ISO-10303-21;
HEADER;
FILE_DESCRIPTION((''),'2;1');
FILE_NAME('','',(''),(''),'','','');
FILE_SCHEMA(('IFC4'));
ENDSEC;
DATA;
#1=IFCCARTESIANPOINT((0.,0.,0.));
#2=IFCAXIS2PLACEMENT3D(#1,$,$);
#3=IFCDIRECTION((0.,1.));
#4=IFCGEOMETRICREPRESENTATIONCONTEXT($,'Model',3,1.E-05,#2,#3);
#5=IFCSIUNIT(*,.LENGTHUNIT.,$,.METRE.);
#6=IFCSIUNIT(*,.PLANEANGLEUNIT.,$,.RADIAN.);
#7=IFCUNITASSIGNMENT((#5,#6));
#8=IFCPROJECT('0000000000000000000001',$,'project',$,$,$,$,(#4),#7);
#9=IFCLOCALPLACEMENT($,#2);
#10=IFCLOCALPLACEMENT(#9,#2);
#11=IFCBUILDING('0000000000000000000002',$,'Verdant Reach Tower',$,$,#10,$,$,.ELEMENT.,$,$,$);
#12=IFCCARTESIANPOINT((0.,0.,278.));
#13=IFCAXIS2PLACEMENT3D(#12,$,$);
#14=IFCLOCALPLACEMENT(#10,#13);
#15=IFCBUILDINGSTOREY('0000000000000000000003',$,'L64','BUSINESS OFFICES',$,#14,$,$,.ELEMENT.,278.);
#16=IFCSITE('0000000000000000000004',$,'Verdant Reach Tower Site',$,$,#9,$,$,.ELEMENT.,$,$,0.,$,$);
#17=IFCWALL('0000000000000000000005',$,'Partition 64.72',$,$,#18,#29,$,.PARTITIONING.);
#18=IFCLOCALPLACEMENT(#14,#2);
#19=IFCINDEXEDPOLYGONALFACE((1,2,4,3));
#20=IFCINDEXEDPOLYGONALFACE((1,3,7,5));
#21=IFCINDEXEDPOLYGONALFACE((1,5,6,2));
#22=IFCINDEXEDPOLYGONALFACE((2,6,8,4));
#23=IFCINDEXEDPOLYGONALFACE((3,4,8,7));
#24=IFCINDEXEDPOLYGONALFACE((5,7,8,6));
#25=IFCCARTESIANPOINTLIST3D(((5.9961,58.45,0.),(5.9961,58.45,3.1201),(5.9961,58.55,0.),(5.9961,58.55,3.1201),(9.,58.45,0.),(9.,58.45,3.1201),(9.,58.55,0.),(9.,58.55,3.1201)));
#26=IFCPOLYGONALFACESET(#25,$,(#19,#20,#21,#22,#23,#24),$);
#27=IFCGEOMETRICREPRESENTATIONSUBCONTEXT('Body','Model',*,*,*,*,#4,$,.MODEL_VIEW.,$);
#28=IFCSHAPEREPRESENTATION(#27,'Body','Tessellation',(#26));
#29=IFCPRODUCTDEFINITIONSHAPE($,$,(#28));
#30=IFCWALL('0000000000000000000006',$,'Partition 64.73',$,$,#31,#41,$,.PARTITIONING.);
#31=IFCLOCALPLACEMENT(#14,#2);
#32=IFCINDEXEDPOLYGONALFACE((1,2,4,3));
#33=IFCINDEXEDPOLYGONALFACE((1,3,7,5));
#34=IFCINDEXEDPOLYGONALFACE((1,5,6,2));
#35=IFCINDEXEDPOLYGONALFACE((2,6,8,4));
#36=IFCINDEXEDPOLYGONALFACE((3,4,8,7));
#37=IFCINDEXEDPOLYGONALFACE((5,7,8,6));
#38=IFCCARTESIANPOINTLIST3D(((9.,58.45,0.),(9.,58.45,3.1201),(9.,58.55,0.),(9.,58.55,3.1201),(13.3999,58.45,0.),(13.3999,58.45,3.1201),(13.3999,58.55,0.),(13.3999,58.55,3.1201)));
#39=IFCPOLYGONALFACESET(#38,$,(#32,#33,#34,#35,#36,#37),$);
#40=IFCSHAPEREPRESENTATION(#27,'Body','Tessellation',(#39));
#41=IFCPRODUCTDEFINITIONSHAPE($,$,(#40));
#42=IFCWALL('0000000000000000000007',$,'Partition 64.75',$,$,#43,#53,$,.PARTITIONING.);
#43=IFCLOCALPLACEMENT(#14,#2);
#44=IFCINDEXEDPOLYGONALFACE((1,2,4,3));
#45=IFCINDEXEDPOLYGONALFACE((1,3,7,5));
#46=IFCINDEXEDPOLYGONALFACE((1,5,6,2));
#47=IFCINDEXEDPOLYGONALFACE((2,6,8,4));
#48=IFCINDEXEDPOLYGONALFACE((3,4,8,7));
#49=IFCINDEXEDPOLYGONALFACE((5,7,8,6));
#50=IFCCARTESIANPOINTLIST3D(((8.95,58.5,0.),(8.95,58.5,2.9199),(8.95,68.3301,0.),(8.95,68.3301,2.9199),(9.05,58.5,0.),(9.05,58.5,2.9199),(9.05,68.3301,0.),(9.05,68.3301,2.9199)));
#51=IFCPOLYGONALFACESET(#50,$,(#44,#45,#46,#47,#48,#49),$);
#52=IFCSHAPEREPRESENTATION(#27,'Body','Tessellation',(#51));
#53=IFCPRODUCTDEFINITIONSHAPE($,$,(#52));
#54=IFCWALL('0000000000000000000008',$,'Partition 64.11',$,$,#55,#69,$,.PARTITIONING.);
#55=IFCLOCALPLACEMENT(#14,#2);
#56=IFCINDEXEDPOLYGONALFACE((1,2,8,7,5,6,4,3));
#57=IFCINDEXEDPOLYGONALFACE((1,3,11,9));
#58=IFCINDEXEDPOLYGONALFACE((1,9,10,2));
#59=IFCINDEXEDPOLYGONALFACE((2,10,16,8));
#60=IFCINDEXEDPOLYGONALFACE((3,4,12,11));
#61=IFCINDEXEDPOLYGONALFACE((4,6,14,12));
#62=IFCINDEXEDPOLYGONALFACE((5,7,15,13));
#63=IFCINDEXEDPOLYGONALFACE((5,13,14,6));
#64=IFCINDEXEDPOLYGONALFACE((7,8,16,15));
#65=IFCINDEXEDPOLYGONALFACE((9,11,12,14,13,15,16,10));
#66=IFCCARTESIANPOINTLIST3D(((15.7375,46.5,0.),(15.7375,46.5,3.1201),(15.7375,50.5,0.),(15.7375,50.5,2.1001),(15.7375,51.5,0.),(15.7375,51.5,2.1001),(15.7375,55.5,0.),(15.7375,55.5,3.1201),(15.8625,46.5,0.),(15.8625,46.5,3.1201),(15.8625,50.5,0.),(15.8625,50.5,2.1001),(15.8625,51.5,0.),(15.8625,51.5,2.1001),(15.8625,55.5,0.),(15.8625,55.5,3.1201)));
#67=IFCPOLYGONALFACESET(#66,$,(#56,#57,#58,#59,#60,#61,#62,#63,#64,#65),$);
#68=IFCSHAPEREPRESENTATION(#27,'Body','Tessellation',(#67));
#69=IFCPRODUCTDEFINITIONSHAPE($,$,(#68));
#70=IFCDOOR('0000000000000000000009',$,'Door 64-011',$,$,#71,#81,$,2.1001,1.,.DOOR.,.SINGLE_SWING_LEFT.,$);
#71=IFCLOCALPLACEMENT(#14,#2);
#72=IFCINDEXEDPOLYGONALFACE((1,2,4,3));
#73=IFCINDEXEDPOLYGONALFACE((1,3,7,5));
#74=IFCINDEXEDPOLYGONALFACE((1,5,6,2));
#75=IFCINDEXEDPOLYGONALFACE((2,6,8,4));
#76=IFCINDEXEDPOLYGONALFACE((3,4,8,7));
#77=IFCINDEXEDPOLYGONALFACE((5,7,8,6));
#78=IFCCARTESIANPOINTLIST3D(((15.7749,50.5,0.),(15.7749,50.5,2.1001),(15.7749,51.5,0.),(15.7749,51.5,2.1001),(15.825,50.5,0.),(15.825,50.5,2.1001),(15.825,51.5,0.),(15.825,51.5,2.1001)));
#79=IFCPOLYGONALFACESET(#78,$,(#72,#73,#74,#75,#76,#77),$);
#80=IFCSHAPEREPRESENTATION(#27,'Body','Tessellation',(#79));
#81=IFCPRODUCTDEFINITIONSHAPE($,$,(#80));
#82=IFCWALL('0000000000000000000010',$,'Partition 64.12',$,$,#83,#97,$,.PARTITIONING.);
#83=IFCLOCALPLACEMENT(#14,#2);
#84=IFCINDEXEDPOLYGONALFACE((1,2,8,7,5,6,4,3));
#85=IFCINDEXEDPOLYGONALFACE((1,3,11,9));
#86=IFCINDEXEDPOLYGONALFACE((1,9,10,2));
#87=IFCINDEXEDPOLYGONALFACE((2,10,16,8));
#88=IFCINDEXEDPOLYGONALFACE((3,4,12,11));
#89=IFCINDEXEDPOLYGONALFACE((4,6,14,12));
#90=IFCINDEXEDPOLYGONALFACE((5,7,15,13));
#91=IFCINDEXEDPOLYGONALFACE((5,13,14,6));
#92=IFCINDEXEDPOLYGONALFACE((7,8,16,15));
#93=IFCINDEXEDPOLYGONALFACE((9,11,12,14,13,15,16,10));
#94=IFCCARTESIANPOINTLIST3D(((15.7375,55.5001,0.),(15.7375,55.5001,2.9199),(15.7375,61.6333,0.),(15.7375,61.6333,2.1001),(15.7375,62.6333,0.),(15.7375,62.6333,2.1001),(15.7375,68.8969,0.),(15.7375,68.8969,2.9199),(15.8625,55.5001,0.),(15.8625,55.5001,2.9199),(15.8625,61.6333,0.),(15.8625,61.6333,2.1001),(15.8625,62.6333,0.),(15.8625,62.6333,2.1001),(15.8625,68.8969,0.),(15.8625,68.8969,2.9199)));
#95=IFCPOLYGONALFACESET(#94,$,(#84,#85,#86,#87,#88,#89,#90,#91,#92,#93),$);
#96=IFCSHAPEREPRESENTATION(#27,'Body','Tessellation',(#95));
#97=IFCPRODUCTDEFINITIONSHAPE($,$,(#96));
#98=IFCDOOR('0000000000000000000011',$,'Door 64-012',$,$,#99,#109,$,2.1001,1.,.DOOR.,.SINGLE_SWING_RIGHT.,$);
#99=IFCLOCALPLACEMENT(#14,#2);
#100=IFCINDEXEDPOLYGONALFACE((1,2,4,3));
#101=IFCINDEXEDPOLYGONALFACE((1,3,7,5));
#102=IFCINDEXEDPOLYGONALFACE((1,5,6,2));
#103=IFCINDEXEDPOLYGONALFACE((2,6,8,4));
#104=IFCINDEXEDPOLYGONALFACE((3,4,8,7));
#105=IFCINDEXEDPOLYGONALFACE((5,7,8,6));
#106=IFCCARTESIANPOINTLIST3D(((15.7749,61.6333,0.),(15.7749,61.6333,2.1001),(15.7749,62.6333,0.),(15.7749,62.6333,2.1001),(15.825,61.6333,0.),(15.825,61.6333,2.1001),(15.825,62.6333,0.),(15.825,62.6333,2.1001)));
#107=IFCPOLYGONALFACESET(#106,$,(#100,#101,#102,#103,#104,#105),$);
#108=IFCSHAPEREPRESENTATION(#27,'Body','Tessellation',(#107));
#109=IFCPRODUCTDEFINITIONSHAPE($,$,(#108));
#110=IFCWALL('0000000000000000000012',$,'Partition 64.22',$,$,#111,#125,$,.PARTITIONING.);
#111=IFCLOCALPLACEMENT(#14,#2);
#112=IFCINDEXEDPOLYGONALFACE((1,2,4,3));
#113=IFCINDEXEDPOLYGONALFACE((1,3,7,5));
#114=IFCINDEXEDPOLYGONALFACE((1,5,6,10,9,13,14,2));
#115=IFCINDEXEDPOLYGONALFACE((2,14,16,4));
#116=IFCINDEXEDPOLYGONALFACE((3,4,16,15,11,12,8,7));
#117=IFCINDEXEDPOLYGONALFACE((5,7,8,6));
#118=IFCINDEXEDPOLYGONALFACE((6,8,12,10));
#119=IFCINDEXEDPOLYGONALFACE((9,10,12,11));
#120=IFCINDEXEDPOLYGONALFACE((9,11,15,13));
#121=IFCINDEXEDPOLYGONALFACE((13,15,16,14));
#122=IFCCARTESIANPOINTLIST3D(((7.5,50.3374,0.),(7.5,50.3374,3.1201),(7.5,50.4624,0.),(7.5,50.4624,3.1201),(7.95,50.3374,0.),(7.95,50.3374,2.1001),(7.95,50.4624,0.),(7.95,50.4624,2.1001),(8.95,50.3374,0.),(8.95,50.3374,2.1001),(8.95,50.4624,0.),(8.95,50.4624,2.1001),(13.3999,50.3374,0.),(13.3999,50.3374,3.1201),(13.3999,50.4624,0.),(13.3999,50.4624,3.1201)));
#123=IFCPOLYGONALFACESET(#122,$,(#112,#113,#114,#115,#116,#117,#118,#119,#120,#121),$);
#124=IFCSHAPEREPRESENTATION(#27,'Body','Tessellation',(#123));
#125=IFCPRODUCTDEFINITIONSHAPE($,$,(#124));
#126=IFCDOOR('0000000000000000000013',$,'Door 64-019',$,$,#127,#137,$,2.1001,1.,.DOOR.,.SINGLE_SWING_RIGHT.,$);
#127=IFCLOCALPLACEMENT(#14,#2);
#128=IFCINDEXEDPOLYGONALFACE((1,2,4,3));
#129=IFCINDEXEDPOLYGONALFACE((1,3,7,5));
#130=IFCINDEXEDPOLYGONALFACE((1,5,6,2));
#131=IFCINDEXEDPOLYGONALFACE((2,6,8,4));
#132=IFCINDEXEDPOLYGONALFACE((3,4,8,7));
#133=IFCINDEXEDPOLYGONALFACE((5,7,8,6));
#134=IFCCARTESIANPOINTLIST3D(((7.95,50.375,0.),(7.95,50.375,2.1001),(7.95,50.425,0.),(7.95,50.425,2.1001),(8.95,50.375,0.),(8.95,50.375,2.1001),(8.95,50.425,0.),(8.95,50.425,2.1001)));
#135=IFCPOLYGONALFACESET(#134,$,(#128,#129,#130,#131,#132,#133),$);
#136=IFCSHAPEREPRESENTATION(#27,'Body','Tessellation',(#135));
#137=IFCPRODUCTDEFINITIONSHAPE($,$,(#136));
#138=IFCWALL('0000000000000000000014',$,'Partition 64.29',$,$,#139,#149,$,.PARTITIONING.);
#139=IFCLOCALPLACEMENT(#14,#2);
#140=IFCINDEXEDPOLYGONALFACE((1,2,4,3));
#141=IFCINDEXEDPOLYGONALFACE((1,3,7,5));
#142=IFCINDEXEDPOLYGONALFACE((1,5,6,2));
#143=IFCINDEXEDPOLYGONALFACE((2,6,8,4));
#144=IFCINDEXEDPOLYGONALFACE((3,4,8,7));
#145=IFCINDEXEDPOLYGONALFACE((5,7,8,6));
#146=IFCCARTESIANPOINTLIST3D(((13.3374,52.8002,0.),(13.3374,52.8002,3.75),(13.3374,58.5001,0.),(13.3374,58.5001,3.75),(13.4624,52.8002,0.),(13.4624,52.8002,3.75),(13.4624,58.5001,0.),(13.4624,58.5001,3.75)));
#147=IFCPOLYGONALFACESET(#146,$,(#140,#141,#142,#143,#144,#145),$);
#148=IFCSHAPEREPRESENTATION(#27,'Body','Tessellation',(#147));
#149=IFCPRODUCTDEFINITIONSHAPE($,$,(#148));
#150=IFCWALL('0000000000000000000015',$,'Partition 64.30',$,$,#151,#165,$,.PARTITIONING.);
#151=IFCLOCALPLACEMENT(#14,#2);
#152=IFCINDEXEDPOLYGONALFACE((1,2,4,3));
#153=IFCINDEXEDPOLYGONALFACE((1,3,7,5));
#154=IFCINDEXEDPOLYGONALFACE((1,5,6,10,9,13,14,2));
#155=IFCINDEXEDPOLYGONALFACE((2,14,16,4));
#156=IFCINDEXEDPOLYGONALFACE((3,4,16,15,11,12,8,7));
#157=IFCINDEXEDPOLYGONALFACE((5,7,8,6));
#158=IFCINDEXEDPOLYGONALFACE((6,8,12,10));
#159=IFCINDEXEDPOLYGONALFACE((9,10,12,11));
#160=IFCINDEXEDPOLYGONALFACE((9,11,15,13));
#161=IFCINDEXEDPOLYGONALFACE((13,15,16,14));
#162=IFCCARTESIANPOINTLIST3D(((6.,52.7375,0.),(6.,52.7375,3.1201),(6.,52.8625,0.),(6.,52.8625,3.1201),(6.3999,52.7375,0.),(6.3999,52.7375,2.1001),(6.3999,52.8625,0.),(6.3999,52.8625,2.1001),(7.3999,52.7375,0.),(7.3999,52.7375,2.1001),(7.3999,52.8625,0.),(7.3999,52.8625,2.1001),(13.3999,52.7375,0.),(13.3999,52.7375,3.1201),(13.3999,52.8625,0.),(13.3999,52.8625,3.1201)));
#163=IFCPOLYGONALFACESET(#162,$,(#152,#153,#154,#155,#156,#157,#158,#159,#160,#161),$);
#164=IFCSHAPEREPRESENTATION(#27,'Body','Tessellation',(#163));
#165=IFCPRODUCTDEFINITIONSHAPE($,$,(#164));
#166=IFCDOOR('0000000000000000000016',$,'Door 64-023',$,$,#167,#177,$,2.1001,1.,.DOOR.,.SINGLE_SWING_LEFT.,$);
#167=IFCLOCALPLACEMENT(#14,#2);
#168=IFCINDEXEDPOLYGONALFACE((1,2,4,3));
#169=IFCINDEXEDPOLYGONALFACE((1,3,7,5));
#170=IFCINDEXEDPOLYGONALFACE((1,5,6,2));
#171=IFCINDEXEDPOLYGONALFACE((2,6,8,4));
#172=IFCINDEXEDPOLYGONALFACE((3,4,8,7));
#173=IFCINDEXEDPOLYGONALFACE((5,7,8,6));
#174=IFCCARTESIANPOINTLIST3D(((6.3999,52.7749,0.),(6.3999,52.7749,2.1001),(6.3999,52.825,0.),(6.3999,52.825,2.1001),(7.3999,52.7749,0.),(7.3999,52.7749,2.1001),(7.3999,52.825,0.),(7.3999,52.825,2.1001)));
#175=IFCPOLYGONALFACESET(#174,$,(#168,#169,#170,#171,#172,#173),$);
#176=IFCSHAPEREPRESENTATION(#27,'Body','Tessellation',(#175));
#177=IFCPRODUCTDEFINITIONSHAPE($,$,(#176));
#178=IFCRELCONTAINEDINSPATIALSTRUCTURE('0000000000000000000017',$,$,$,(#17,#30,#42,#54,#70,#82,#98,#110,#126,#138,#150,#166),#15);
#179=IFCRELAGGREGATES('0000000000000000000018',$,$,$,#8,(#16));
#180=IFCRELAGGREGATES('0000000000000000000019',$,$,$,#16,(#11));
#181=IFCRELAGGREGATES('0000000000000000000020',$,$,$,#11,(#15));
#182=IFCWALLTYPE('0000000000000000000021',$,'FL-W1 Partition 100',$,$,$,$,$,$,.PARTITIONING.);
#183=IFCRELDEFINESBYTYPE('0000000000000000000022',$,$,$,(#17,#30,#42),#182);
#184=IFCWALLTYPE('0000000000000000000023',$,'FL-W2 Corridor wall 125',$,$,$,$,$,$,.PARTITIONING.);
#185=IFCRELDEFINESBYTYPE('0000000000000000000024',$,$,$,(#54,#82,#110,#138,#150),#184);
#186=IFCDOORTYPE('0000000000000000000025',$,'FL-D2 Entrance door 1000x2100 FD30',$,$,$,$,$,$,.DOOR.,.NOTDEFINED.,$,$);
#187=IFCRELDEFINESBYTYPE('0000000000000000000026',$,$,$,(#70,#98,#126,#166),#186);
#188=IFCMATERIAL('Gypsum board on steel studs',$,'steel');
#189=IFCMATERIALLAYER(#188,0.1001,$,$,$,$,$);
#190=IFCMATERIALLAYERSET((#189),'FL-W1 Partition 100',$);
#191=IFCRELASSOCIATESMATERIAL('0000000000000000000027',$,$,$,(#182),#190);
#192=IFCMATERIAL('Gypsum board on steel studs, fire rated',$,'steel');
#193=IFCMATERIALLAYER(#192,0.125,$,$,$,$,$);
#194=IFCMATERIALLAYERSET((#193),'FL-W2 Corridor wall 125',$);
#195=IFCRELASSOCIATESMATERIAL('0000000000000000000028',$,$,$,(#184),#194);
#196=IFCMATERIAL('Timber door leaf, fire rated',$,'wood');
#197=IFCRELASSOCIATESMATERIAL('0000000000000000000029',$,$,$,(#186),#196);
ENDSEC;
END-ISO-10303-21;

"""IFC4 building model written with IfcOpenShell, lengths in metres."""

from ifc_helpers import new_model, si_unit, direction, frame, frame_2d, origin, place, context, subcontext, project, spatial, rectangle, extrude, material, layer, layer_set, type_object, element, fill, save


model = new_model("IFC4")

# Units and contexts
model_context = context("Model", 3, precision=1e-05, world=origin(), true_north=direction((0.0, 1.0)))
body_context = subcontext(model_context, "Body", "Model", "MODEL_VIEW")
ifc_project = project(units=[si_unit("LENGTHUNIT", "METRE"), si_unit("PLANEANGLEUNIT", "RADIAN")], contexts=[model_context])

# Site, building, storey
site_placement = place(None, origin())
site = spatial("IfcSite", under=ifc_project, at=site_placement, Name="Verdant Reach Tower Site", CompositionType="ELEMENT", RefElevation=0.0)
building_placement = place(site_placement, origin())
building = spatial("IfcBuilding", under=site, at=building_placement, Name="Verdant Reach Tower", CompositionType="ELEMENT")
storey_placement = place(building_placement, frame((0.0, 0.0, 278.0)))
storey = spatial("IfcBuildingStorey", under=building, at=storey_placement, Name="L64", Description="BUSINESS OFFICES", CompositionType="ELEMENT", Elevation=278.0)

# Walls
ifc_material_1 = material(Name="Gypsum board on steel studs", Category="steel")
ifc_layer_1 = layer(ifc_material_1, 0.1001)
ifc_layer_set_1 = layer_set([ifc_layer_1], Name="FL-W1 Partition 100")
wall_type_1 = type_object("IfcWallType", Name="FL-W1 Partition 100", PredefinedType="PARTITIONING", material=ifc_layer_set_1)
wall_1_placement = place(storey_placement, frame((9.0, 58.5, 0.0), z_axis=(0.0, 0.0, 1.0), x_axis=(-1.0, 0.0, 0.0)))
element("IfcWall", 1, at=wall_1_placement, inside=storey, type_object=wall_type_1, Name="Partition 64.72", PredefinedType="PARTITIONING", context=body_context, shape_type="SweptSolid", body=[
    extrude(rectangle(XDim=3.0039, YDim=0.1001, at=frame_2d((1.502, 0.0))), origin(), (0.0, 0.0, 1.0), 3.1201),
])
wall_2_placement = place(storey_placement, frame((13.3999, 58.5, 0.0), z_axis=(0.0, 0.0, 1.0), x_axis=(-1.0, 0.0, 0.0)))
element("IfcWall", 2, at=wall_2_placement, inside=storey, type_object=wall_type_1, Name="Partition 64.73", PredefinedType="PARTITIONING", context=body_context, shape_type="SweptSolid", body=[
    extrude(rectangle(XDim=4.3999, YDim=0.1001, at=frame_2d((2.2, 0.0))), origin(), (0.0, 0.0, 1.0), 3.1201),
])
wall_3_placement = place(storey_placement, frame((9.0, 58.5, 0.0), z_axis=(0.0, 0.0, 1.0), x_axis=(0.0, 1.0, 0.0)))
element("IfcWall", 3, at=wall_3_placement, inside=storey, type_object=wall_type_1, Name="Partition 64.75", PredefinedType="PARTITIONING", context=body_context, shape_type="SweptSolid", body=[
    extrude(rectangle(XDim=9.8301, YDim=0.1001, at=frame_2d((4.915, 0.0))), origin(), (0.0, 0.0, 1.0), 2.9199),
])

# Walls, openings, doors
ifc_material_2 = material(Name="Gypsum board on steel studs, fire rated", Category="steel")
ifc_layer_2 = layer(ifc_material_2, 0.125)
ifc_layer_set_2 = layer_set([ifc_layer_2], Name="FL-W2 Corridor wall 125")
wall_type_2 = type_object("IfcWallType", Name="FL-W2 Corridor wall 125", PredefinedType="PARTITIONING", material=ifc_layer_set_2)
wall_4_placement = place(storey_placement, frame((15.8, 55.5, 0.0), z_axis=(0.0, 0.0, 1.0), x_axis=(0.0, -1.0, 0.0)))
wall_4 = element("IfcWall", 4, at=wall_4_placement, inside=storey, type_object=wall_type_2, Name="Partition 64.11", PredefinedType="PARTITIONING", context=body_context, shape_type="SweptSolid", body=[
    extrude(rectangle(XDim=9.0, YDim=0.125, at=frame_2d((4.5, 0.0))), origin(), (0.0, 0.0, 1.0), 3.1201),
])
opening_1_placement = place(wall_4_placement, frame((4.0, 0.0, 0.0)))
opening_1 = element("IfcOpeningElement", 5, at=opening_1_placement, cuts=wall_4, PredefinedType="OPENING", context=body_context, shape_type="SweptSolid", body=[
    extrude(rectangle(XDim=1.0, YDim=2.1001, at=frame_2d((0.5, 1.05))), frame((0.0, 0.0725, 0.0), z_axis=(0.0, -1.0, 0.0), x_axis=(1.0, 0.0, 0.0)), (0.0, 0.0, 1.0), 0.145),
])
ifc_material_3 = material(Name="Timber door leaf, fire rated", Category="wood")
door_type = type_object("IfcDoorType", Name="FL-D2 Entrance door 1000x2100 FD30", OperationType="NOTDEFINED", PredefinedType="DOOR", material=ifc_material_3)
door_1_placement = place(opening_1_placement, origin())
door_1 = element("IfcDoor", 6, at=door_1_placement, inside=storey, type_object=door_type, Name="Door 64-011", OperationType="SINGLE_SWING_LEFT", OverallHeight=2.1001, OverallWidth=1.0, PredefinedType="DOOR", context=body_context, shape_type="SweptSolid", body=[
    extrude(rectangle(XDim=1.0, YDim=2.1001, at=frame_2d((0.5, 1.05))), frame((0.0, 0.0249, 0.0), z_axis=(0.0, -1.0, 0.0), x_axis=(1.0, 0.0, 0.0)), (0.0, 0.0, 1.0), 0.05),
])
fill(opening_1, door_1)
wall_5_placement = place(storey_placement, frame((15.8, 68.8967, 0.0), z_axis=(0.0, 0.0, 1.0), x_axis=(0.0, -1.0, 0.0)))
wall_5 = element("IfcWall", 7, at=wall_5_placement, inside=storey, type_object=wall_type_2, Name="Partition 64.12", PredefinedType="PARTITIONING", context=body_context, shape_type="SweptSolid", body=[
    extrude(rectangle(XDim=13.3967, YDim=0.125, at=frame_2d((6.6982, 0.0))), origin(), (0.0, 0.0, 1.0), 2.9199),
])
opening_2_placement = place(wall_5_placement, frame((6.2634, 0.0, 0.0)))
opening_2 = element("IfcOpeningElement", 8, at=opening_2_placement, cuts=wall_5, PredefinedType="OPENING", context=body_context, shape_type="SweptSolid", body=[
    extrude(rectangle(XDim=1.0, YDim=2.1001, at=frame_2d((0.5, 1.05))), frame((0.0, 0.0725, 0.0), z_axis=(0.0, -1.0, 0.0), x_axis=(1.0, 0.0, 0.0)), (0.0, 0.0, 1.0), 0.145),
])
door_2_placement = place(opening_2_placement, origin())
door_2 = element("IfcDoor", 9, at=door_2_placement, inside=storey, type_object=door_type, Name="Door 64-012", OperationType="SINGLE_SWING_RIGHT", OverallHeight=2.1001, OverallWidth=1.0, PredefinedType="DOOR", context=body_context, shape_type="SweptSolid", body=[
    extrude(rectangle(XDim=1.0, YDim=2.1001, at=frame_2d((0.5, 1.05))), frame((0.0, 0.0249, 0.0), z_axis=(0.0, -1.0, 0.0), x_axis=(1.0, 0.0, 0.0)), (0.0, 0.0, 1.0), 0.05),
])
fill(opening_2, door_2)
wall_6_placement = place(storey_placement, frame((13.3999, 50.3999, 0.0), z_axis=(0.0, 0.0, 1.0), x_axis=(-1.0, 0.0, 0.0)))
wall_6 = element("IfcWall", 10, at=wall_6_placement, inside=storey, type_object=wall_type_2, Name="Partition 64.22", PredefinedType="PARTITIONING", context=body_context, shape_type="SweptSolid", body=[
    extrude(rectangle(XDim=5.8999, YDim=0.125, at=frame_2d((2.95, 0.0))), origin(), (0.0, 0.0, 1.0), 3.1201),
])
opening_3_placement = place(wall_6_placement, frame((4.45, 0.0, 0.0)))
opening_3 = element("IfcOpeningElement", 11, at=opening_3_placement, cuts=wall_6, PredefinedType="OPENING", context=body_context, shape_type="SweptSolid", body=[
    extrude(rectangle(XDim=1.0, YDim=2.1001, at=frame_2d((0.5, 1.05))), frame((0.0, 0.0725, 0.0), z_axis=(0.0, -1.0, 0.0), x_axis=(1.0, 0.0, 0.0)), (0.0, 0.0, 1.0), 0.145),
])
door_3_placement = place(opening_3_placement, origin())
door_3 = element("IfcDoor", 12, at=door_3_placement, inside=storey, type_object=door_type, Name="Door 64-019", OperationType="SINGLE_SWING_RIGHT", OverallHeight=2.1001, OverallWidth=1.0, PredefinedType="DOOR", context=body_context, shape_type="SweptSolid", body=[
    extrude(rectangle(XDim=1.0, YDim=2.1001, at=frame_2d((0.5, 1.05))), frame((0.0, 0.0249, 0.0), z_axis=(0.0, -1.0, 0.0), x_axis=(1.0, 0.0, 0.0)), (0.0, 0.0, 1.0), 0.05),
])
fill(opening_3, door_3)

# Wall
wall_7_placement = place(storey_placement, frame((13.3999, 52.8, 0.0), z_axis=(0.0, 0.0, 1.0), x_axis=(0.0, 1.0, 0.0)))
element("IfcWall", 13, at=wall_7_placement, inside=storey, type_object=wall_type_2, Name="Partition 64.29", PredefinedType="PARTITIONING", context=body_context, shape_type="SweptSolid", body=[
    extrude(rectangle(XDim=5.7, YDim=0.125, at=frame_2d((2.8501, 0.0))), origin(), (0.0, 0.0, 1.0), 3.75),
])

# Wall, opening, door
wall_8_placement = place(storey_placement, frame((6.0, 52.8, 0.0), z_axis=(0.0, 0.0, 1.0), x_axis=(1.0, 0.0, 0.0)))
wall_8 = element("IfcWall", 14, at=wall_8_placement, inside=storey, type_object=wall_type_2, Name="Partition 64.30", PredefinedType="PARTITIONING", context=body_context, shape_type="SweptSolid", body=[
    extrude(rectangle(XDim=7.3999, YDim=0.125, at=frame_2d((3.7, 0.0))), origin(), (0.0, 0.0, 1.0), 3.1201),
])
opening_4_placement = place(wall_8_placement, frame((0.3999, 0.0, 0.0)))
opening_4 = element("IfcOpeningElement", 15, at=opening_4_placement, cuts=wall_8, PredefinedType="OPENING", context=body_context, shape_type="SweptSolid", body=[
    extrude(rectangle(XDim=1.0, YDim=2.1001, at=frame_2d((0.5, 1.05))), frame((0.0, 0.0725, 0.0), z_axis=(0.0, -1.0, 0.0), x_axis=(1.0, 0.0, 0.0)), (0.0, 0.0, 1.0), 0.145),
])
door_4_placement = place(opening_4_placement, origin())
door_4 = element("IfcDoor", 16, at=door_4_placement, inside=storey, type_object=door_type, Name="Door 64-023", OperationType="SINGLE_SWING_LEFT", OverallHeight=2.1001, OverallWidth=1.0, PredefinedType="DOOR", context=body_context, shape_type="SweptSolid", body=[
    extrude(rectangle(XDim=1.0, YDim=2.1001, at=frame_2d((0.5, 1.05))), frame((0.0, 0.0249, 0.0), z_axis=(0.0, -1.0, 0.0), x_axis=(1.0, 0.0, 0.0)), (0.0, 0.0, 1.0), 0.05),
])
fill(opening_4, door_4)

save(model, "model.ifc")
